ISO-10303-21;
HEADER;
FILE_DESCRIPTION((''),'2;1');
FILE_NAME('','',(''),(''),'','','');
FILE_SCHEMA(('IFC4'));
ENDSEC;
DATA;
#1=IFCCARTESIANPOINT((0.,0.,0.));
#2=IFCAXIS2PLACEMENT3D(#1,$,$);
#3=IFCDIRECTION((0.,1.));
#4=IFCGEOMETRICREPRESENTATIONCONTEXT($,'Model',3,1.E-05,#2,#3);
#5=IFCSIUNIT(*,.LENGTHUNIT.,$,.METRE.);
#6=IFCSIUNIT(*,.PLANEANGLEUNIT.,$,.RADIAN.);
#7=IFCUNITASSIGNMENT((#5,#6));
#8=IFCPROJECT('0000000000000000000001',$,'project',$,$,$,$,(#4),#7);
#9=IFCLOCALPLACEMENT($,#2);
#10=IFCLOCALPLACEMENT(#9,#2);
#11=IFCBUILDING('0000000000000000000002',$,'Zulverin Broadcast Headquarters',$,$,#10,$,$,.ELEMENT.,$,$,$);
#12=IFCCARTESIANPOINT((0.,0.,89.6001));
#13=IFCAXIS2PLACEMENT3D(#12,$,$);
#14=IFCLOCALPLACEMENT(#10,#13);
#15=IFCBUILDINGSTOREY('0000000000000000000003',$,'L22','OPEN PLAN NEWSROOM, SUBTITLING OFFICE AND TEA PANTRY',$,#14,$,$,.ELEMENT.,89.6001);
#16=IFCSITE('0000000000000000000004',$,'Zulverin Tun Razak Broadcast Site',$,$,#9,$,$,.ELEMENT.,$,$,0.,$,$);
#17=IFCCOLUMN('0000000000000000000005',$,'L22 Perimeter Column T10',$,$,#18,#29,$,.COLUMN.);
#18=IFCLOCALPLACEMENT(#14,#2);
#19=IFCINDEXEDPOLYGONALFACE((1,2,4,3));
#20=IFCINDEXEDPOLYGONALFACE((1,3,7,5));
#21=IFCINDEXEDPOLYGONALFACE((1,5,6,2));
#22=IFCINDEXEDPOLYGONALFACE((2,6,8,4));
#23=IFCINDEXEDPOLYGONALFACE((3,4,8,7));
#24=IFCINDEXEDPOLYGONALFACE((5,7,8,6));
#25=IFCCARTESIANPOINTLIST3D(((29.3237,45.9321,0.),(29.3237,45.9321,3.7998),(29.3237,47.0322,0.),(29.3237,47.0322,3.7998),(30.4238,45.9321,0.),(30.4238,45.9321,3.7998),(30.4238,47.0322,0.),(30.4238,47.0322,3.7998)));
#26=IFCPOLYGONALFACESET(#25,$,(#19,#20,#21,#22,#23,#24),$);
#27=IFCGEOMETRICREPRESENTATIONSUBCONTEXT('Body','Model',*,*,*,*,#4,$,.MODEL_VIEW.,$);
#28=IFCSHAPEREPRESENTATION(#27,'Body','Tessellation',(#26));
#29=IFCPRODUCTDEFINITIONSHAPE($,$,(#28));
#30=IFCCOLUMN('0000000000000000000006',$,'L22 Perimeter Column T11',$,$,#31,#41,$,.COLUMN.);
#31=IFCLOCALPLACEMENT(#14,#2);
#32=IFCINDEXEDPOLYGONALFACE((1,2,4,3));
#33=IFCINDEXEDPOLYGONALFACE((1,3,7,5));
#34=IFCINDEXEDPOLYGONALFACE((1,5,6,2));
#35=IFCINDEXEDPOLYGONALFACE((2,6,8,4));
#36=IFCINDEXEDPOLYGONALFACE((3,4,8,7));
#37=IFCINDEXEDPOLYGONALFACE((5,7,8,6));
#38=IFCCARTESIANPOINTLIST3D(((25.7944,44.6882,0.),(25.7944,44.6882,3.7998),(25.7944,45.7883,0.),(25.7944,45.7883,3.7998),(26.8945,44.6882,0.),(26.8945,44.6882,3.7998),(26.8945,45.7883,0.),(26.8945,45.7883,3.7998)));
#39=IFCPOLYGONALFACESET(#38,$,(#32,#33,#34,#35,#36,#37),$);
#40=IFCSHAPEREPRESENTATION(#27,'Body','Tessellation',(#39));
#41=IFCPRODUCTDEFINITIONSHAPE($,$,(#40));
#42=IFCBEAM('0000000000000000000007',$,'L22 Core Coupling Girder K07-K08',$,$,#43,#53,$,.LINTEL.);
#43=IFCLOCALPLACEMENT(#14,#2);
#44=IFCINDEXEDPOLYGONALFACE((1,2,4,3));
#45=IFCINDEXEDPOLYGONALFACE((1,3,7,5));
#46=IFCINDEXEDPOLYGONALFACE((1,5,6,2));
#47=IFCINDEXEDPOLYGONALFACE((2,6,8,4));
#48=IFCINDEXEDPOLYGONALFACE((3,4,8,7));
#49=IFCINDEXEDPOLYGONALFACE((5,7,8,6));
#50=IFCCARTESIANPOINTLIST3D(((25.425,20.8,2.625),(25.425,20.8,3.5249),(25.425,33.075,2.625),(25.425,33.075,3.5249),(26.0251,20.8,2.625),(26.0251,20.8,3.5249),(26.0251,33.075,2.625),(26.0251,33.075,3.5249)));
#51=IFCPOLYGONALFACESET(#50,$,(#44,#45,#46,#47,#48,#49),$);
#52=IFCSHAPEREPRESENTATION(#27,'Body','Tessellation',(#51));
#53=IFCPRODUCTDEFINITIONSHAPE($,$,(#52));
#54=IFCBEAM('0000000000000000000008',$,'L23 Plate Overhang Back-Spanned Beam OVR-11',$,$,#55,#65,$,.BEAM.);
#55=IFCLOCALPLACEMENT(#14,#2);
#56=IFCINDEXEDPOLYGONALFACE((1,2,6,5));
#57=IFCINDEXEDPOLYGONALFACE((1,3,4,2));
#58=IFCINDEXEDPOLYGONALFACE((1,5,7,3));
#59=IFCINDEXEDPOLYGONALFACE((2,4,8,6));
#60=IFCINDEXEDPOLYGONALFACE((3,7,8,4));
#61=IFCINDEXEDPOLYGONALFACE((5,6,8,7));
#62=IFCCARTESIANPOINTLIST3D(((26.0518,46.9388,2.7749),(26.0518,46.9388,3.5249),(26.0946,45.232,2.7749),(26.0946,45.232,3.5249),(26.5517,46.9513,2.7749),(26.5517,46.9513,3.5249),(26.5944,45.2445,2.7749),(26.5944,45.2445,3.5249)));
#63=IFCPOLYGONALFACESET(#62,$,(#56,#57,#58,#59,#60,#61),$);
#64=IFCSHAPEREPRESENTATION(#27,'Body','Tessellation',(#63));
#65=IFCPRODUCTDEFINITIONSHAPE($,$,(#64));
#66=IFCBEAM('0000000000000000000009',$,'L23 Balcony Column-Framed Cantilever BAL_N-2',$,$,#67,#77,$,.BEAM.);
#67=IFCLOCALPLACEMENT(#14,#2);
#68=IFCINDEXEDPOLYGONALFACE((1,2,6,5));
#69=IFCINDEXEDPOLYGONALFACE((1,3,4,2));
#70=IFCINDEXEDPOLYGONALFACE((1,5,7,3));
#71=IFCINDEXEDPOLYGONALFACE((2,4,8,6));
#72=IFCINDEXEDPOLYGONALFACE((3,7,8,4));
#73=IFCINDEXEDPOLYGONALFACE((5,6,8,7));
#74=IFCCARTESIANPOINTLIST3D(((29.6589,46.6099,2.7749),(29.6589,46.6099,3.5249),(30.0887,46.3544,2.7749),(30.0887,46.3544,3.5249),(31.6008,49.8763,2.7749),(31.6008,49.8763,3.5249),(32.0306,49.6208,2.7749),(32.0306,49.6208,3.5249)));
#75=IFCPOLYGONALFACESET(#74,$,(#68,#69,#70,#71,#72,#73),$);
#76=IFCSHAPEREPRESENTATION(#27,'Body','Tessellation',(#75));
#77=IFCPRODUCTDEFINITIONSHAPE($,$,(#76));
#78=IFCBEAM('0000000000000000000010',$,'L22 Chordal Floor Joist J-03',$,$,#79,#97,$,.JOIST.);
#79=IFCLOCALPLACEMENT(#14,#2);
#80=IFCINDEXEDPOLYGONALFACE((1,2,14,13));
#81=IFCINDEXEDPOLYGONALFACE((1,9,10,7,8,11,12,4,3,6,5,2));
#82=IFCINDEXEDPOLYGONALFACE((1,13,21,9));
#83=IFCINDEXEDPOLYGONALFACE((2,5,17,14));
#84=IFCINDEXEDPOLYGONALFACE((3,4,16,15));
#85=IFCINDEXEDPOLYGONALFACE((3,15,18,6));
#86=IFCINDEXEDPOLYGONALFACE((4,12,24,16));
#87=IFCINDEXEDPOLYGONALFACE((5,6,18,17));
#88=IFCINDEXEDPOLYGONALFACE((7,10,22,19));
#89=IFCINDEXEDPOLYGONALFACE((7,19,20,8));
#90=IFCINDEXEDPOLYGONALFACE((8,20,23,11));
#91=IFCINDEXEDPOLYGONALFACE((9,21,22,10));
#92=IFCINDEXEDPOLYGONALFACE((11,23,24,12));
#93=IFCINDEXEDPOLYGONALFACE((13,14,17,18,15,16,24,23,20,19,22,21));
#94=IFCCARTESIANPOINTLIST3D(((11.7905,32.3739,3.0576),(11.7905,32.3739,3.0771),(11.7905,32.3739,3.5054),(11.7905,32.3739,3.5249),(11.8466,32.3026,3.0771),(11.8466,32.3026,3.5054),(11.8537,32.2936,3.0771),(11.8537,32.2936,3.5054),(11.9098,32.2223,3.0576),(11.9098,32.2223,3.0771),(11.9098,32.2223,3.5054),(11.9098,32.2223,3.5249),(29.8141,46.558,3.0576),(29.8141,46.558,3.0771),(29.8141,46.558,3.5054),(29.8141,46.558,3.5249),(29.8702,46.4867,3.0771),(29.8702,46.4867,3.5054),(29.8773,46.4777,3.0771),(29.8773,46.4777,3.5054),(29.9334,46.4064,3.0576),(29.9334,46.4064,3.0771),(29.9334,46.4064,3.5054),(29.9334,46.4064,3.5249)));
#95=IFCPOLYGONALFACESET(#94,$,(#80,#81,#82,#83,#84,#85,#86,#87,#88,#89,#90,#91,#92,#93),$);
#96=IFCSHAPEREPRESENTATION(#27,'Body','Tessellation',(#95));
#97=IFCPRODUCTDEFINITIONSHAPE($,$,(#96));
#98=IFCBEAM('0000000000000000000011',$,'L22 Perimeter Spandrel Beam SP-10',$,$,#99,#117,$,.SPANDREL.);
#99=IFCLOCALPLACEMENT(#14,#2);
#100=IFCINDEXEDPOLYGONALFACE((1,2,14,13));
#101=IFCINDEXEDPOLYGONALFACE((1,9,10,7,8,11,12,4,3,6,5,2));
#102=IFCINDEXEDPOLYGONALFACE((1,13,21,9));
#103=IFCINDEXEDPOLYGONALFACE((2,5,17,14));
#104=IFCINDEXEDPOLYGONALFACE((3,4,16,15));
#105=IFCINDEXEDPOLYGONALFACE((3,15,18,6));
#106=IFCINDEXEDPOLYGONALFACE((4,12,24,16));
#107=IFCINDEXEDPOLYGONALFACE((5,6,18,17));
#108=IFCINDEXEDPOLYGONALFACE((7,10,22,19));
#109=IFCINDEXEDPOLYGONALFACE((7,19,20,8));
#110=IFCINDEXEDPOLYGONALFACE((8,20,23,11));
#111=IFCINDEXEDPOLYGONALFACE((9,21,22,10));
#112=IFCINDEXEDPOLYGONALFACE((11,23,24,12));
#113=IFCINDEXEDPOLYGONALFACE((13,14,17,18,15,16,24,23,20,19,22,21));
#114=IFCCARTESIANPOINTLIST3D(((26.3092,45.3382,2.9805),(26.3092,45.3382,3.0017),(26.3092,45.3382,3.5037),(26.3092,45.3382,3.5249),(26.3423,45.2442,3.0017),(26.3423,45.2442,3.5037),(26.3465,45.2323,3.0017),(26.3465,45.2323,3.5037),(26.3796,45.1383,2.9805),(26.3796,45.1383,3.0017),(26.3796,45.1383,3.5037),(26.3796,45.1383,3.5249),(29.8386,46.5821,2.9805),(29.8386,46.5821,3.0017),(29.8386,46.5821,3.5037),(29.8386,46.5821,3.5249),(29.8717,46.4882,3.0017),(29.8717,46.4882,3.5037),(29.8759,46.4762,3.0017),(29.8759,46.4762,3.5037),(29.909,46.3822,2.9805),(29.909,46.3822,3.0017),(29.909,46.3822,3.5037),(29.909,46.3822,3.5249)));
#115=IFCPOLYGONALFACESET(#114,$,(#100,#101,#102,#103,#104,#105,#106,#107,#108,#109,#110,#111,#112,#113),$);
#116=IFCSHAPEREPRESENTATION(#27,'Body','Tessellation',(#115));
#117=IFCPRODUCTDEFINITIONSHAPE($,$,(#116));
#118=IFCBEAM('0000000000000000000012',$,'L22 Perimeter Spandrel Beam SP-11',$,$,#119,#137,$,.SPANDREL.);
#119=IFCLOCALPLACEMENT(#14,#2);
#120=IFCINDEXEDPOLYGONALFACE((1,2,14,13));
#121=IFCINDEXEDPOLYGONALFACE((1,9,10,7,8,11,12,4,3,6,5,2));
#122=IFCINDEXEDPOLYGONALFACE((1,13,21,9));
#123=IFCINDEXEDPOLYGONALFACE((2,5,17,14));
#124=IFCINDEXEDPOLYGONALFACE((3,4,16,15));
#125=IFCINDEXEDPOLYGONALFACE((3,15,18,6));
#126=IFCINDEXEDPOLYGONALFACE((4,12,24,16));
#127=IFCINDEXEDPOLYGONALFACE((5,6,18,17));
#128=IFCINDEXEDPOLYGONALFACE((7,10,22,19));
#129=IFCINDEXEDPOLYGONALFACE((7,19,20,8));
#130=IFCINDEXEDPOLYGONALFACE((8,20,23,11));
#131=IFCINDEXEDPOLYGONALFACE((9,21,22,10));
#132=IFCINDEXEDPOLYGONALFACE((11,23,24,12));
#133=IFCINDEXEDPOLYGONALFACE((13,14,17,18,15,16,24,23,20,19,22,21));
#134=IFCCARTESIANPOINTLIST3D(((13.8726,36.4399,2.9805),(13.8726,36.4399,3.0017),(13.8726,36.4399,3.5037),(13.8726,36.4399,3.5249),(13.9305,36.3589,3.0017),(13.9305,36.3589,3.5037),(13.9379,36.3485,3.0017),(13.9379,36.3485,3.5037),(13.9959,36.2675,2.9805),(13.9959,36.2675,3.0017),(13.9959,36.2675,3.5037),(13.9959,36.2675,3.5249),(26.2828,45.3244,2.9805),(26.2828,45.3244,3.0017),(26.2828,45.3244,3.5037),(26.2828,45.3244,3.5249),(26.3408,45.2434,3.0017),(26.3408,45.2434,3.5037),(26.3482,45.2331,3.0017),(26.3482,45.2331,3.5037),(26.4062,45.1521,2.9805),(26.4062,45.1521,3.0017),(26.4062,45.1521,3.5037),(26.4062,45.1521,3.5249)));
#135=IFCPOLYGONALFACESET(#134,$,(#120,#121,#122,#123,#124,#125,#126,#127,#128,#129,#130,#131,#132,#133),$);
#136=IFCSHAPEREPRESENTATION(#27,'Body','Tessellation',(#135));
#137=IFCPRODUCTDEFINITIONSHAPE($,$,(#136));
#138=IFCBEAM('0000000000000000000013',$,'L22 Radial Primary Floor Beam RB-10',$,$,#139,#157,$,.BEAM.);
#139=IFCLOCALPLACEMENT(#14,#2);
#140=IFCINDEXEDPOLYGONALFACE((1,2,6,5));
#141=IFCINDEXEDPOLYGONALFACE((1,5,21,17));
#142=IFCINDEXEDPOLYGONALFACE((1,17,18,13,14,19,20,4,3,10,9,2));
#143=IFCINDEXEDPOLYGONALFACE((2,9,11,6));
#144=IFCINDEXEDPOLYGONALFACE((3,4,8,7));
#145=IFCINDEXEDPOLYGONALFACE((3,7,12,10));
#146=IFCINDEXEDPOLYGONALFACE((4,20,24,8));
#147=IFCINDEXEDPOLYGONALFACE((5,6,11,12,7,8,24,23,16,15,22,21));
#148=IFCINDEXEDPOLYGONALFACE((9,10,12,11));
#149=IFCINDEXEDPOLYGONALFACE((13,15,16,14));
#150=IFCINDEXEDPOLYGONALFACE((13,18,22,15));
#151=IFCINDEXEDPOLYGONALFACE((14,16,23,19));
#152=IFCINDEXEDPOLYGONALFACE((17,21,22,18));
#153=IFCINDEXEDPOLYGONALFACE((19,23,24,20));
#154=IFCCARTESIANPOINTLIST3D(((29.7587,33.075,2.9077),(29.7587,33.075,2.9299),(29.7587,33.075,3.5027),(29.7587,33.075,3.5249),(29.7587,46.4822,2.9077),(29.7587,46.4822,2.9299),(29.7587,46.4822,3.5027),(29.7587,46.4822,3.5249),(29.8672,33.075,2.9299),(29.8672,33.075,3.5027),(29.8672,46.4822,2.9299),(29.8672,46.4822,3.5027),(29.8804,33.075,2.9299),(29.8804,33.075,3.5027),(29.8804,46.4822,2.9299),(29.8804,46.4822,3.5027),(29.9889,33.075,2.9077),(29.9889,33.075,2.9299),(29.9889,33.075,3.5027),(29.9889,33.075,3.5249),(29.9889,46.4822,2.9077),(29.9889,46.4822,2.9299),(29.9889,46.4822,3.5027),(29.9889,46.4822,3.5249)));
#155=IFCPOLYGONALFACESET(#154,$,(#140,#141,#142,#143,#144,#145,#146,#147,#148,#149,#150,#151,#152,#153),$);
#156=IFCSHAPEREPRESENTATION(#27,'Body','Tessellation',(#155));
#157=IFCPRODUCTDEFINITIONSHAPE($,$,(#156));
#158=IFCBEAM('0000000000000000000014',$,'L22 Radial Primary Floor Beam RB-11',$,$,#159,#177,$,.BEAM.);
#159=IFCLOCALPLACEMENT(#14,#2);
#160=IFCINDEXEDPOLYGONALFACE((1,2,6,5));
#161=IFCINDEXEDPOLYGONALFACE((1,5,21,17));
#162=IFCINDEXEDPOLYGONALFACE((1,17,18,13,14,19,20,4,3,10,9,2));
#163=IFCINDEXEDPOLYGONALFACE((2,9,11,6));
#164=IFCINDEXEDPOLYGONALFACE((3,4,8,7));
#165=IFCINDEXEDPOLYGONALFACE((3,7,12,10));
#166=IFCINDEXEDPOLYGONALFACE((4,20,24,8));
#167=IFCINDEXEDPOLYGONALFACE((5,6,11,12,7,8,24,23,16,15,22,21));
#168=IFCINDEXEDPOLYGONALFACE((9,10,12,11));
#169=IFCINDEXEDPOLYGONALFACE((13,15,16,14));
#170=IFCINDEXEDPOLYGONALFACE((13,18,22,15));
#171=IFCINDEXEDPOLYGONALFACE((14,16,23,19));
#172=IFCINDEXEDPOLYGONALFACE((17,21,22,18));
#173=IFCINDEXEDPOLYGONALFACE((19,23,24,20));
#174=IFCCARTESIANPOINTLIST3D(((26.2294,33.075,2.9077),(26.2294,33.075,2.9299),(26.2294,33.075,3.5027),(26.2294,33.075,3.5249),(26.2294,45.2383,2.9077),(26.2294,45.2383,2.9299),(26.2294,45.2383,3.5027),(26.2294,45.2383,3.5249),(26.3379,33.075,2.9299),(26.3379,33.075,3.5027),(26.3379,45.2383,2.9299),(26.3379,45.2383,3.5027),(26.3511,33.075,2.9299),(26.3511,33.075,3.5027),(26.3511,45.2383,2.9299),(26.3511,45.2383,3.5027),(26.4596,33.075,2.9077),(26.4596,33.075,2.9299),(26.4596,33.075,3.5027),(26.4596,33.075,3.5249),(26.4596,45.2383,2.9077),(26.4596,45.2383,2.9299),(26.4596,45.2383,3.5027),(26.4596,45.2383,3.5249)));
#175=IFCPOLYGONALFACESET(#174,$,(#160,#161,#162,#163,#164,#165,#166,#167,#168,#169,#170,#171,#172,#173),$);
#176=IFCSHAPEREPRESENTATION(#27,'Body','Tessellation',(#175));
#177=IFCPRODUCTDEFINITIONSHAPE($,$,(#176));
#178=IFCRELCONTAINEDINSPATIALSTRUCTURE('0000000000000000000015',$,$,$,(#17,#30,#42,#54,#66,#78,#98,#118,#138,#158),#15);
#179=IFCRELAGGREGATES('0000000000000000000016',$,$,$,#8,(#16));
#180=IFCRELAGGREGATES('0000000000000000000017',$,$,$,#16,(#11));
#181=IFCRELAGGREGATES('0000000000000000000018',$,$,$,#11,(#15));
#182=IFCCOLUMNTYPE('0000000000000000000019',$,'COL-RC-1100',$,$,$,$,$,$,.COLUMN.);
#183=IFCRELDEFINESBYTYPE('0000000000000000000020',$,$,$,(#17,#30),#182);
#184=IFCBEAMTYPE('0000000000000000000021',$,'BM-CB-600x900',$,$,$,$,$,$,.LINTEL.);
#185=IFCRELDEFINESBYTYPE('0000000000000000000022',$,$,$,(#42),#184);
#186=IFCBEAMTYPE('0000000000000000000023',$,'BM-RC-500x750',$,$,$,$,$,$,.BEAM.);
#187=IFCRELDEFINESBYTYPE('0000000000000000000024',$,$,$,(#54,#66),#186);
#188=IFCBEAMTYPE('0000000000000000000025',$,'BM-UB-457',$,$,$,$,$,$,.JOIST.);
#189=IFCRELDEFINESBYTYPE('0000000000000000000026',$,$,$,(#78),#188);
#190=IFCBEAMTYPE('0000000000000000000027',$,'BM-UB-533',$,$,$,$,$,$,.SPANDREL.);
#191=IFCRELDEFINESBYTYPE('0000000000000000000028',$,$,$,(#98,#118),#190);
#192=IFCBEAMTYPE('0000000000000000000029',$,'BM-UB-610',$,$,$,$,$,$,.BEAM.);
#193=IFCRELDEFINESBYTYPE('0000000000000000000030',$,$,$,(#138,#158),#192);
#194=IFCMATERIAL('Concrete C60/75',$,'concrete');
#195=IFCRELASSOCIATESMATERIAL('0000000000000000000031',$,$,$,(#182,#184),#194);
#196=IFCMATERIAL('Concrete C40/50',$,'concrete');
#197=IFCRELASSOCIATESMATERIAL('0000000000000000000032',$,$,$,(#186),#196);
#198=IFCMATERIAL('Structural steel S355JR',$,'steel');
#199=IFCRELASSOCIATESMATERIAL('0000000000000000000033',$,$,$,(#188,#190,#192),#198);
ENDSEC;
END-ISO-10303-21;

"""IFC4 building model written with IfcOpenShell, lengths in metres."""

from ifc_helpers import new_model, si_unit, direction, frame, origin, origin_2d, place, context, subcontext, project, spatial, rectangle, i_section, extrude, material, material_profile, profile_set, type_object, element, save


model = new_model("IFC4")

# Units and contexts
model_context = context("Model", 3, precision=1e-05, world=origin(), true_north=direction((0.0, 1.0)))
body_context = subcontext(model_context, "Body", "Model", "MODEL_VIEW")
ifc_project = project(units=[si_unit("LENGTHUNIT", "METRE"), si_unit("PLANEANGLEUNIT", "RADIAN")], contexts=[model_context])

# Site, building, storey
site_placement = place(None, origin())
site = spatial("IfcSite", under=ifc_project, at=site_placement, Name="Zulverin Tun Razak Broadcast Site", CompositionType="ELEMENT", RefElevation=0.0)
building_placement = place(site_placement, origin())
building = spatial("IfcBuilding", under=site, at=building_placement, Name="Zulverin Broadcast Headquarters", CompositionType="ELEMENT")
storey_placement = place(building_placement, frame((0.0, 0.0, 89.6001)))
storey = spatial("IfcBuildingStorey", under=building, at=storey_placement, Name="L22", Description="OPEN PLAN NEWSROOM, SUBTITLING OFFICE AND TEA PANTRY", CompositionType="ELEMENT", Elevation=89.6001)

# Columns
ifc_material_1 = material(Name="Concrete C60/75", Category="concrete")
ifc_material_profile_1 = material_profile(ifc_material_1, rectangle(XDim=1.1001, YDim=1.1001, at=origin_2d()), Name="Concrete C60/75", Category="concrete")
ifc_profile_set_1 = profile_set([ifc_material_profile_1], Name="Concrete C60/75")
column_type = type_object("IfcColumnType", Name="COL-RC-1100", PredefinedType="COLUMN", material=ifc_profile_set_1)
for number, where, z_axis, x_axis, name in (
    (1, (29.8738, 46.4822, 0.0), (0.0, 0.0, 1.0), (1.0, 0.0, 0.0), "L22 Perimeter Column T10"),
    (2, (26.3445, 45.2383, 0.0), (0.0, 0.0, 1.0), (1.0, 0.0, 0.0), "L22 Perimeter Column T11"),
):
    element("IfcColumn", number, at=place(storey_placement, frame(where, z_axis=z_axis, x_axis=x_axis)), inside=storey, type_object=column_type, Name=name, PredefinedType="COLUMN", context=body_context, shape_type="SweptSolid", body=[
        extrude(rectangle(XDim=1.1001, YDim=1.1001, at=origin_2d()), origin(), (0.0, 0.0, 1.0), 3.7998),
    ])

# Beams
ifc_material_profile_2 = material_profile(ifc_material_1, rectangle(XDim=0.6001, YDim=0.8999, at=origin_2d()), Name="Concrete C60/75", Category="concrete")
ifc_profile_set_2 = profile_set([ifc_material_profile_2], Name="Concrete C60/75")
beam_type_1 = type_object("IfcBeamType", Name="BM-CB-600x900", PredefinedType="LINTEL", material=ifc_profile_set_2)
beam_1_placement = place(storey_placement, frame((25.7251, 33.075, 3.075), z_axis=(0.0, -1.0, 0.0), x_axis=(1.0, 0.0, 0.0)))
element("IfcBeam", 3, at=beam_1_placement, inside=storey, type_object=beam_type_1, Name="L22 Core Coupling Girder K07-K08", PredefinedType="LINTEL", context=body_context, shape_type="SweptSolid", body=[
    extrude(rectangle(XDim=0.6001, YDim=0.8999, at=origin_2d()), origin(), (0.0, 0.0, 1.0), 12.2749),
])
ifc_material_2 = material(Name="Concrete C40/50", Category="concrete")
ifc_material_profile_3 = material_profile(ifc_material_2, rectangle(XDim=0.5, YDim=0.75, at=origin_2d()), Name="Concrete C40/50", Category="concrete")
ifc_profile_set_3 = profile_set([ifc_material_profile_3], Name="Concrete C40/50")
beam_type_2 = type_object("IfcBeamType", Name="BM-RC-500x750", PredefinedType="BEAM", material=ifc_profile_set_3)
beam_2_placement = place(storey_placement, frame((26.3445, 45.2383, 3.1499), z_axis=(-0.025024, 0.999687, 0.0), x_axis=(-0.999687, -0.025024, 0.0)))
element("IfcBeam", 4, at=beam_2_placement, inside=storey, type_object=beam_type_2, Name="L23 Plate Overhang Back-Spanned Beam OVR-11", PredefinedType="BEAM", context=body_context, shape_type="SweptSolid", body=[
    extrude(rectangle(XDim=0.5, YDim=0.75, at=origin_2d()), origin(), (0.0, 0.0, 1.0), 1.7073),
])
beam_3_placement = place(storey_placement, frame((29.8738, 46.4822, 3.1499), z_axis=(0.511024, 0.859566, 0.0), x_axis=(-0.859566, 0.511024, 0.0)))
element("IfcBeam", 5, at=beam_3_placement, inside=storey, type_object=beam_type_2, Name="L23 Balcony Column-Framed Cantilever BAL_N-2", PredefinedType="BEAM", context=body_context, shape_type="SweptSolid", body=[
    extrude(rectangle(XDim=0.5, YDim=0.75, at=origin_2d()), origin(), (0.0, 0.0, 1.0), 3.8),
])
ifc_material_3 = material(Name="Structural steel S355JR", Category="steel")
ifc_material_profile_4 = material_profile(ifc_material_3, i_section(OverallWidth=0.1929, OverallDepth=0.4673, WebThickness=0.0115, FlangeThickness=0.0195, at=origin_2d()), Name="Structural steel S355JR", Category="steel")
ifc_profile_set_4 = profile_set([ifc_material_profile_4], Name="Structural steel S355JR")
beam_type_3 = type_object("IfcBeamType", Name="BM-UB-457", PredefinedType="JOIST", material=ifc_profile_set_4)
beam_4_placement = place(storey_placement, frame((29.8738, 46.4822, 3.2913), z_axis=(-0.785839, -0.618431, 0.0), x_axis=(0.618431, -0.785839, 0.0)))
element("IfcBeam", 6, at=beam_4_placement, inside=storey, type_object=beam_type_3, Name="L22 Chordal Floor Joist J-03", PredefinedType="JOIST", context=body_context, shape_type="SweptSolid", body=[
    extrude(i_section(OverallWidth=0.1929, OverallDepth=0.4673, WebThickness=0.0115, FlangeThickness=0.0195, at=origin_2d()), origin(), (0.0, 0.0, 1.0), 22.9355),
])
ifc_material_profile_5 = material_profile(ifc_material_3, i_section(OverallWidth=0.2119, OverallDepth=0.5444, WebThickness=0.0127, FlangeThickness=0.0212, at=origin_2d()), Name="Structural steel S355JR", Category="steel")
ifc_profile_set_5 = profile_set([ifc_material_profile_5], Name="Structural steel S355JR")
beam_type_4 = type_object("IfcBeamType", Name="BM-UB-533", PredefinedType="SPANDREL", material=ifc_profile_set_5)
beam_5_placement = place(storey_placement, frame((29.8738, 46.4822, 3.2527), z_axis=(-0.943136, -0.332407, 0.0), x_axis=(0.332407, -0.943136, 0.0)))
element("IfcBeam", 7, at=beam_5_placement, inside=storey, type_object=beam_type_4, Name="L22 Perimeter Spandrel Beam SP-10", PredefinedType="SPANDREL", context=body_context, shape_type="SweptSolid", body=[
    extrude(i_section(OverallWidth=0.2119, OverallDepth=0.5444, WebThickness=0.0127, FlangeThickness=0.0212, at=origin_2d()), origin(), (0.0, 0.0, 1.0), 3.7422),
])
beam_6_placement = place(storey_placement, frame((26.3445, 45.2383, 3.2527), z_axis=(-0.813109, -0.582111, 0.0), x_axis=(0.582111, -0.813109, 0.0)))
element("IfcBeam", 8, at=beam_6_placement, inside=storey, type_object=beam_type_4, Name="L22 Perimeter Spandrel Beam SP-11", PredefinedType="SPANDREL", context=body_context, shape_type="SweptSolid", body=[
    extrude(i_section(OverallWidth=0.2119, OverallDepth=0.5444, WebThickness=0.0127, FlangeThickness=0.0212, at=origin_2d()), origin(), (0.0, 0.0, 1.0), 15.2627),
])
ifc_material_profile_6 = material_profile(ifc_material_3, i_section(OverallWidth=0.2302, OverallDepth=0.6172, WebThickness=0.0132, FlangeThickness=0.0222, at=origin_2d()), Name="Structural steel S355JR", Category="steel")
ifc_profile_set_6 = profile_set([ifc_material_profile_6], Name="Structural steel S355JR")
beam_type_5 = type_object("IfcBeamType", Name="BM-UB-610", PredefinedType="BEAM", material=ifc_profile_set_6)
beam_7_placement = place(storey_placement, frame((29.8738, 33.075, 3.2163), z_axis=(0.0, 1.0, 0.0), x_axis=(-1.0, 0.0, 0.0)))
element("IfcBeam", 9, at=beam_7_placement, inside=storey, type_object=beam_type_5, Name="L22 Radial Primary Floor Beam RB-10", PredefinedType="BEAM", context=body_context, shape_type="SweptSolid", body=[
    extrude(i_section(OverallWidth=0.2302, OverallDepth=0.6172, WebThickness=0.0132, FlangeThickness=0.0222, at=origin_2d()), origin(), (0.0, 0.0, 1.0), 13.4072),
])
beam_8_placement = place(storey_placement, frame((26.3445, 33.075, 3.2163), z_axis=(0.0, 1.0, 0.0), x_axis=(-1.0, 0.0, 0.0)))
element("IfcBeam", 10, at=beam_8_placement, inside=storey, type_object=beam_type_5, Name="L22 Radial Primary Floor Beam RB-11", PredefinedType="BEAM", context=body_context, shape_type="SweptSolid", body=[
    extrude(i_section(OverallWidth=0.2302, OverallDepth=0.6172, WebThickness=0.0132, FlangeThickness=0.0222, at=origin_2d()), origin(), (0.0, 0.0, 1.0), 12.1633),
])

save(model, "model.ifc")
